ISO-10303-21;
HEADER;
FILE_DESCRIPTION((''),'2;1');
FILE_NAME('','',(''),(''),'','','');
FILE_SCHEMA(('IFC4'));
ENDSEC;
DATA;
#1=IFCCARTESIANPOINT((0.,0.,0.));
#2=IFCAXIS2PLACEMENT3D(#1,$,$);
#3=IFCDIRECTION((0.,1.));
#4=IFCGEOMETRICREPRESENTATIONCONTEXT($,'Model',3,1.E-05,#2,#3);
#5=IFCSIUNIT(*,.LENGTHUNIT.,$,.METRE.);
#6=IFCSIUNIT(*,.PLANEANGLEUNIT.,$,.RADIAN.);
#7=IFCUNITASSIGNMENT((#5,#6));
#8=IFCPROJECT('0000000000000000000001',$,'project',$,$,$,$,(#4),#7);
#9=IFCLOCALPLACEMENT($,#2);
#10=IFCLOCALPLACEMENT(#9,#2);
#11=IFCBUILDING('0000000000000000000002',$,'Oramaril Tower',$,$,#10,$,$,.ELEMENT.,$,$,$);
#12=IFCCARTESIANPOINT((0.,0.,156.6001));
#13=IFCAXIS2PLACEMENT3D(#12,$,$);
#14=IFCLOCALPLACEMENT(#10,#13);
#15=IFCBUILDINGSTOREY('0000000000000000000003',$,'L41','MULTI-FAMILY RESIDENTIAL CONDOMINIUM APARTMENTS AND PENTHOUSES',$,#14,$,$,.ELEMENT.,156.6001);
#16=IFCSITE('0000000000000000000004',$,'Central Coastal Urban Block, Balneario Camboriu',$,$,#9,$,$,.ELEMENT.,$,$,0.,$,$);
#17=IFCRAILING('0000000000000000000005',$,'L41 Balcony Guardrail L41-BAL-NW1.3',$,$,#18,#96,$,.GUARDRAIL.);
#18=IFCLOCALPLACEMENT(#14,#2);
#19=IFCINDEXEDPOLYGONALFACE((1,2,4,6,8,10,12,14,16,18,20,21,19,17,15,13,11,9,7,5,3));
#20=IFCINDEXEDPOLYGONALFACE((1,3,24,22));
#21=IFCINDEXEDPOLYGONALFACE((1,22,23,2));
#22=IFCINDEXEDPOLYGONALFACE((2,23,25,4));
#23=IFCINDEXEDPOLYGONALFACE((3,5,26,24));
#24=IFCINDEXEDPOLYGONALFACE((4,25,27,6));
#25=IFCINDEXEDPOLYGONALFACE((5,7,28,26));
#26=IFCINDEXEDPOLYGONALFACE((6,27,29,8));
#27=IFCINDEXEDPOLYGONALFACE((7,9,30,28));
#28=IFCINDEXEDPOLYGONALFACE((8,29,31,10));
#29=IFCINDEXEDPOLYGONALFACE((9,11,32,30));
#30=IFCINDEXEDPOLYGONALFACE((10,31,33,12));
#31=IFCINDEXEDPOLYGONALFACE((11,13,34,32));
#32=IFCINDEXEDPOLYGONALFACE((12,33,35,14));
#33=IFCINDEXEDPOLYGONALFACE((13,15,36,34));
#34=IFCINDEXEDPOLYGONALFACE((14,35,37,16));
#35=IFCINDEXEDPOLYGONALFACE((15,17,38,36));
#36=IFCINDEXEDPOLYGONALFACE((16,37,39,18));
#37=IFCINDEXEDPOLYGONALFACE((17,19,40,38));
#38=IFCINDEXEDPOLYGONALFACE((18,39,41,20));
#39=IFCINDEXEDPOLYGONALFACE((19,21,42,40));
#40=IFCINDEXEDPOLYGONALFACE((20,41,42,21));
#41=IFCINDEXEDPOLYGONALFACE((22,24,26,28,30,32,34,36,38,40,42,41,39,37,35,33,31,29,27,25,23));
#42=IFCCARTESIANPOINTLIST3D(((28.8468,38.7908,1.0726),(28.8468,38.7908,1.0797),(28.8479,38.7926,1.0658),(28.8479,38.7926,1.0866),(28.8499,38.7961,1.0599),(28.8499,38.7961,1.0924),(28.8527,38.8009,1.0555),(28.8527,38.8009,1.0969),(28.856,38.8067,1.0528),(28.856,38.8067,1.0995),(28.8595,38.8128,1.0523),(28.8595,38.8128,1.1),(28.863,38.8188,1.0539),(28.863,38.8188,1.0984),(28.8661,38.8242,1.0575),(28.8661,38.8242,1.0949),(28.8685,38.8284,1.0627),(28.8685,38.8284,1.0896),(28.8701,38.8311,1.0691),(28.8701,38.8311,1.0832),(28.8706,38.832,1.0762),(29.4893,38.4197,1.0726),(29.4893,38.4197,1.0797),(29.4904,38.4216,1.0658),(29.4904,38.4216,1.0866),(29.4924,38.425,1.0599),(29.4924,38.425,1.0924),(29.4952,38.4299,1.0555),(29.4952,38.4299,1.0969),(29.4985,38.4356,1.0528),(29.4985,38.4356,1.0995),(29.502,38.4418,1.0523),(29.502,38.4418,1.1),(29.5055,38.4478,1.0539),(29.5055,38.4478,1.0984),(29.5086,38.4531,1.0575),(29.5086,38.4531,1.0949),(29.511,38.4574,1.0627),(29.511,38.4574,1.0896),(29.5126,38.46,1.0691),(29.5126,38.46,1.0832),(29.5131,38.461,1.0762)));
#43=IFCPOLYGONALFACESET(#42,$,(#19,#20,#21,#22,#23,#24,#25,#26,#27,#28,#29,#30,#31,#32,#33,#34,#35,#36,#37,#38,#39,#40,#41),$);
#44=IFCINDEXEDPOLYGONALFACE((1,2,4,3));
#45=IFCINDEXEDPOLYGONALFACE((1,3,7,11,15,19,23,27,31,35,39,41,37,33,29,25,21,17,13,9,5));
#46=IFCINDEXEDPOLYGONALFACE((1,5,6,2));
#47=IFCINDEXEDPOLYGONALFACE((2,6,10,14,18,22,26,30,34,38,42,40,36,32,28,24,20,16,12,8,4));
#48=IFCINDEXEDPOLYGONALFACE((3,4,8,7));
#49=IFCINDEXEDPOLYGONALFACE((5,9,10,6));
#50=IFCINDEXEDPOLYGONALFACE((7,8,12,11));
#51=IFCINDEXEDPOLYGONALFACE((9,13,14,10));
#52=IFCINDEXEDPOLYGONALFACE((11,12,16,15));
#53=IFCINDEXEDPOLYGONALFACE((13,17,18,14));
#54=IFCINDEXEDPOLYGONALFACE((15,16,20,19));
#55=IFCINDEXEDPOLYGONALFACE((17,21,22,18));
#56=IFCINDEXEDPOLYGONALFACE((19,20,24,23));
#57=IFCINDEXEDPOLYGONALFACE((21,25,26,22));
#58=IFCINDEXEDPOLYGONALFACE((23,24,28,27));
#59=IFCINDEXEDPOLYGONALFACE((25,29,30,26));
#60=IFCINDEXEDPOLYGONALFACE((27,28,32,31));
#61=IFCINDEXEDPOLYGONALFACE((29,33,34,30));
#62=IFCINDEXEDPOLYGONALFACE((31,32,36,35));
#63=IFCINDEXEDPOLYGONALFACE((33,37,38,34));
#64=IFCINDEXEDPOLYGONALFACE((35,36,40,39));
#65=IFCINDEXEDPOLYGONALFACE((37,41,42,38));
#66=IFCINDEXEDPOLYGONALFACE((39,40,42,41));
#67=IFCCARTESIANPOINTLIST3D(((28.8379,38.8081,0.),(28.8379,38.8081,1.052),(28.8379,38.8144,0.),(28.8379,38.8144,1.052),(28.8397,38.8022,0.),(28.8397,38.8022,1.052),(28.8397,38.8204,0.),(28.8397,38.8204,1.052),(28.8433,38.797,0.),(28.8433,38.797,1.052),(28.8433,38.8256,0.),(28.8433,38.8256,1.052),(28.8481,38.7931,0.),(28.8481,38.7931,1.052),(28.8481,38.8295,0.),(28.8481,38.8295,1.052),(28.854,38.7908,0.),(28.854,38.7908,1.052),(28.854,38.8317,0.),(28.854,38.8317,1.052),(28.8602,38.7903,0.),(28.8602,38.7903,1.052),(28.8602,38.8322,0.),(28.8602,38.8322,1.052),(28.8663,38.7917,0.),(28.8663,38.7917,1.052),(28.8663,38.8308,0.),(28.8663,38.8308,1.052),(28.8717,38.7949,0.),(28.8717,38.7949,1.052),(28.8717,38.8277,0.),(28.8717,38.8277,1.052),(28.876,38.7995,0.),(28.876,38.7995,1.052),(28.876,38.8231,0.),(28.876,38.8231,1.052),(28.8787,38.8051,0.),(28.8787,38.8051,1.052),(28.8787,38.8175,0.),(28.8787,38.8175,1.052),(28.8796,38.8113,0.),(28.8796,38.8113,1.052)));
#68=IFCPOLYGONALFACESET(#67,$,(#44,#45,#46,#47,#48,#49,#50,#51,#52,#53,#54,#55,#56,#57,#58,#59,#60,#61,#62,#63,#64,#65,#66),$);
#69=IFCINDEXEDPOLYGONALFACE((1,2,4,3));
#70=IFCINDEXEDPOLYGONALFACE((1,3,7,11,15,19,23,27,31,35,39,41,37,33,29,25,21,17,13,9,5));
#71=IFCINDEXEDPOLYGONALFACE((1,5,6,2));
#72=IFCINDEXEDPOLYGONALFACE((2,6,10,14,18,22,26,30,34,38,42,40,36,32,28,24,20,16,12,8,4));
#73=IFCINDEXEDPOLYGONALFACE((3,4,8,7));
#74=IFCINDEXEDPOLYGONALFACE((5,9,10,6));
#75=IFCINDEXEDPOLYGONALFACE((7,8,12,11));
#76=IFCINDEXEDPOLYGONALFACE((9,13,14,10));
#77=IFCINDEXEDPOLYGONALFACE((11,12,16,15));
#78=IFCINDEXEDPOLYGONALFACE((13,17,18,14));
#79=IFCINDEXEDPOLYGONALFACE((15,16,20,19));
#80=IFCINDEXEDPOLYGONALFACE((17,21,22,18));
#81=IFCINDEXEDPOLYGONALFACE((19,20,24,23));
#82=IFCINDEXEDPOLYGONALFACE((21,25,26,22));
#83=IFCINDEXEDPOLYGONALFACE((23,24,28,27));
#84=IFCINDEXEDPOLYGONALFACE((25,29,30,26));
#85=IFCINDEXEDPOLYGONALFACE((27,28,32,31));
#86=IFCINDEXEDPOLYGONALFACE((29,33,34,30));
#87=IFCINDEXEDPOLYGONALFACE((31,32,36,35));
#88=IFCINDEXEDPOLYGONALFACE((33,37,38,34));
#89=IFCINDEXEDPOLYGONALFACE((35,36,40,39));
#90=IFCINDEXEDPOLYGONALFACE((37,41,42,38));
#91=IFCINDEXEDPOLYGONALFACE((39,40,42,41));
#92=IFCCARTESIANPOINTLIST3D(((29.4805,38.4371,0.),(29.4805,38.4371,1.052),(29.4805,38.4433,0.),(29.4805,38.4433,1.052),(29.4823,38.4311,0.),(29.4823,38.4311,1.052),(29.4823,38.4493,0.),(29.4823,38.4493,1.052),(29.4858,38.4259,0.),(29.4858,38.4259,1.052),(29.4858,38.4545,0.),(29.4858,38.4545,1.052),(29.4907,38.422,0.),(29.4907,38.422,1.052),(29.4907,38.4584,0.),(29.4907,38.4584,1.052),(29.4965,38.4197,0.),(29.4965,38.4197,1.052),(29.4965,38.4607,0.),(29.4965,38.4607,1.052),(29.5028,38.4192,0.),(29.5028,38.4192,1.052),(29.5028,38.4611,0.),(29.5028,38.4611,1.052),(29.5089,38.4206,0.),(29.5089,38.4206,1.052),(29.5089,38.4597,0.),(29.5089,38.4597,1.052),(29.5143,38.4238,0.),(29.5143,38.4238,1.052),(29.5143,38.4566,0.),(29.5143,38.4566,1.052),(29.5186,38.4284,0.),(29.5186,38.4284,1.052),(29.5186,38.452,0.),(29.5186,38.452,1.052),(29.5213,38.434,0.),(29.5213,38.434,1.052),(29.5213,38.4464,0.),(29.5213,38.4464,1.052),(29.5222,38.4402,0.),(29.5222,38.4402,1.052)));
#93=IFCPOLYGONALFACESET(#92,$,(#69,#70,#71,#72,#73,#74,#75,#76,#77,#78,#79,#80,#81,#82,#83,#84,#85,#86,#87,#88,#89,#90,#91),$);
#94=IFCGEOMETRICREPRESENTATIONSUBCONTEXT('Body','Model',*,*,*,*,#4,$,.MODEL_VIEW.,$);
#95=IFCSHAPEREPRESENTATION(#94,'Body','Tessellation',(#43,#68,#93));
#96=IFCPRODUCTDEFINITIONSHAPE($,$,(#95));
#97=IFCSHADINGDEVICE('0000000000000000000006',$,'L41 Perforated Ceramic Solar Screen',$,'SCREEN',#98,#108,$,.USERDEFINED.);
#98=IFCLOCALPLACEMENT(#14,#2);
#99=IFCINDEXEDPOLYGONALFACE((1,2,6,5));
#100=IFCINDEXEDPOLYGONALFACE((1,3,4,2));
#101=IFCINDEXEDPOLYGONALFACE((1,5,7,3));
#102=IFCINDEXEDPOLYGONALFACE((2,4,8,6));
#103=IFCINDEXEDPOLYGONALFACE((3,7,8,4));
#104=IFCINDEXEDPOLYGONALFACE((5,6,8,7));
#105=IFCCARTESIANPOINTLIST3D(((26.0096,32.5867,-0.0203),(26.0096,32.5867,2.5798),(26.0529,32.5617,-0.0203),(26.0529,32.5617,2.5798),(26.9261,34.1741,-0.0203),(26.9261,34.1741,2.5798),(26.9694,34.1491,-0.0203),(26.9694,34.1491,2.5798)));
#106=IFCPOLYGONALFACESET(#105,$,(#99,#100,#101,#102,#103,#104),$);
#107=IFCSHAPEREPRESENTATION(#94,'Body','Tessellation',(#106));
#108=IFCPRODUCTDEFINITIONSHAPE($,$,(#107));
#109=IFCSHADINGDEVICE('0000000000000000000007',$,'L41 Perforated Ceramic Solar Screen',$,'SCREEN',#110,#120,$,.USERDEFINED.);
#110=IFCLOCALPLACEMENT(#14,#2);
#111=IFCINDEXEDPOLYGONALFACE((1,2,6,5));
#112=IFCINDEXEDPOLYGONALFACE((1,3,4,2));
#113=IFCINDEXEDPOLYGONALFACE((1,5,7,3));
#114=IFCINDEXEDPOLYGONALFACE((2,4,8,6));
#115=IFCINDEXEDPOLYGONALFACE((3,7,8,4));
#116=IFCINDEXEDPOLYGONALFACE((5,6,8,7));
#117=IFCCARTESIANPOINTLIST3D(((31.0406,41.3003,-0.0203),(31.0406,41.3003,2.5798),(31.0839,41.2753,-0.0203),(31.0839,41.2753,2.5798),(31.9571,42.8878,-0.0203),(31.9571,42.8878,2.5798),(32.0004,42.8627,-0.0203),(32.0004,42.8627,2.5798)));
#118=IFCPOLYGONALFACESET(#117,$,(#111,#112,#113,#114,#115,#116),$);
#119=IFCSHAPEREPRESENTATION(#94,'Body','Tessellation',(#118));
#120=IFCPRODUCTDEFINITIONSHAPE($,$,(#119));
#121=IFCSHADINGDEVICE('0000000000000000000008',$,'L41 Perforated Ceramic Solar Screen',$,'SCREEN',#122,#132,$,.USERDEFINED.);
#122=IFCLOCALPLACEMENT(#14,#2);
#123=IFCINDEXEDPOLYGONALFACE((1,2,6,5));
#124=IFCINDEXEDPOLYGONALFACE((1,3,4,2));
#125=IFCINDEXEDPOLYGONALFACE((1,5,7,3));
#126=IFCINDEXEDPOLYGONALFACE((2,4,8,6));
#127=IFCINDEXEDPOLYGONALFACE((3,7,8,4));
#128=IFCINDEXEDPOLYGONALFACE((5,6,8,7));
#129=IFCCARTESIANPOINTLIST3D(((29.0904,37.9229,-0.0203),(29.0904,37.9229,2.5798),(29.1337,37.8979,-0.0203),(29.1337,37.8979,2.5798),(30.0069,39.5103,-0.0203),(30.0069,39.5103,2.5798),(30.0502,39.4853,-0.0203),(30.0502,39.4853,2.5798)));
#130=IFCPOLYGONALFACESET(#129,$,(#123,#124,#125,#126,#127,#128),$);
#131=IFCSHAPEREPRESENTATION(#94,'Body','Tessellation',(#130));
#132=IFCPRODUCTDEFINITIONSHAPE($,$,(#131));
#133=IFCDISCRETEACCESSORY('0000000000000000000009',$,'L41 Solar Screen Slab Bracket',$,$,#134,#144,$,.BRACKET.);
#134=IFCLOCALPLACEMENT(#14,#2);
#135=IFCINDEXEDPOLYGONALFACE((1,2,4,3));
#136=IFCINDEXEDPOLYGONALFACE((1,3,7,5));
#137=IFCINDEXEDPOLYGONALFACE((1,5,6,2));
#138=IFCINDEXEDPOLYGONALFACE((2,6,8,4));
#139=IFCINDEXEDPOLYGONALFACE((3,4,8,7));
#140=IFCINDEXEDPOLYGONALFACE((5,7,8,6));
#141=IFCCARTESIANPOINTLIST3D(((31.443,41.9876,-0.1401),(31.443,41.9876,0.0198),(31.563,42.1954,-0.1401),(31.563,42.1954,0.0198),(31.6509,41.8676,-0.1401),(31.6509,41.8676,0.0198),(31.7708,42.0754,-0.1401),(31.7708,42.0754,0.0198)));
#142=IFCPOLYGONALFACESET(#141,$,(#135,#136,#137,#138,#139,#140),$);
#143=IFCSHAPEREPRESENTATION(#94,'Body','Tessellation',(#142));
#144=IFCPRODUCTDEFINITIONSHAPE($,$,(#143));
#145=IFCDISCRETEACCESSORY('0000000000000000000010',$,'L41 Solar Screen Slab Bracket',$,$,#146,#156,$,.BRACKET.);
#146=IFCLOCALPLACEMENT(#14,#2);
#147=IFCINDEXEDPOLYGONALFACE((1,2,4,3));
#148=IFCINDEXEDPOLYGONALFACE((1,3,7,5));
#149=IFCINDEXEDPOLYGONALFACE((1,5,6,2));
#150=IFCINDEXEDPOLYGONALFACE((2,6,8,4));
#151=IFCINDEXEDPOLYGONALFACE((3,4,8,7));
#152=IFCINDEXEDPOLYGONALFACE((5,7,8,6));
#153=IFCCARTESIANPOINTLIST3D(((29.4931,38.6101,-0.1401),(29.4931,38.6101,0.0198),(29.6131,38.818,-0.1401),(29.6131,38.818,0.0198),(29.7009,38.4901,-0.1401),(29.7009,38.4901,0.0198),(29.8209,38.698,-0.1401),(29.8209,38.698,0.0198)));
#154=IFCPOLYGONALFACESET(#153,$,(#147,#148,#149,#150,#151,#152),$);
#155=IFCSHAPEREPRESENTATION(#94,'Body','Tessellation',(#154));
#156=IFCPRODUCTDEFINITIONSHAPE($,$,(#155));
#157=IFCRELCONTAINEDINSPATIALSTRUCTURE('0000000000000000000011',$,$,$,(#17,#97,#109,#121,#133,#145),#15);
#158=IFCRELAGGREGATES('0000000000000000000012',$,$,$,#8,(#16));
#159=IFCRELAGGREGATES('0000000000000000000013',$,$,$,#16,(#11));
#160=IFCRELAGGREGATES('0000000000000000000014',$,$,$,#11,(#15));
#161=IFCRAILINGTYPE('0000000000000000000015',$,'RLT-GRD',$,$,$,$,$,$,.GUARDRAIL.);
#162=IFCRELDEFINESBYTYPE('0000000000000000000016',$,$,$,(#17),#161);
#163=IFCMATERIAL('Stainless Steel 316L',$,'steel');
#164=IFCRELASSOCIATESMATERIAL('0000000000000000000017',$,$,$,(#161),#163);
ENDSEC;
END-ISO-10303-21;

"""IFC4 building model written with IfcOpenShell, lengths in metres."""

from ifc_helpers import new_model, si_unit, direction, frame, origin, origin_2d, place, context, subcontext, project, spatial, rectangle, circle, extrude, material, type_object, element, save


model = new_model("IFC4")

# Units and contexts
model_context = context("Model", 3, precision=1e-05, world=origin(), true_north=direction((0.0, 1.0)))
body_context = subcontext(model_context, "Body", "Model", "MODEL_VIEW")
ifc_project = project(units=[si_unit("LENGTHUNIT", "METRE"), si_unit("PLANEANGLEUNIT", "RADIAN")], contexts=[model_context])

# Site, building, storey
site_placement = place(None, origin())
site = spatial("IfcSite", under=ifc_project, at=site_placement, Name="Central Coastal Urban Block, Balneario Camboriu", CompositionType="ELEMENT", RefElevation=0.0)
building_placement = place(site_placement, origin())
building = spatial("IfcBuilding", under=site, at=building_placement, Name="Oramaril Tower", CompositionType="ELEMENT")
storey_placement = place(building_placement, frame((0.0, 0.0, 156.6001)))
storey = spatial("IfcBuildingStorey", under=building, at=storey_placement, Name="L41", Description="MULTI-FAMILY RESIDENTIAL CONDOMINIUM APARTMENTS AND PENTHOUSES", CompositionType="ELEMENT", Elevation=156.6001)

# Railing
ifc_material_1 = material(Name="Stainless Steel 316L", Category="steel")
railing_type = type_object("IfcRailingType", Name="RLT-GRD", PredefinedType="GUARDRAIL", material=ifc_material_1)
railing_1_placement = place(storey_placement, frame((28.8586, 38.8113, 0.0)))
element("IfcRailing", 1, at=railing_1_placement, inside=storey, type_object=railing_type, Name="L41 Balcony Guardrail L41-BAL-NW1.3", PredefinedType="GUARDRAIL", context=body_context, shape_type="SweptSolid", body=[
    extrude(circle(Radius=0.0239, at=origin_2d()), frame((0.0, 0.0, 1.0762), z_axis=(0.865966, -0.500102, 0.0), x_axis=(0.500102, 0.865966, 0.0)), (0.0, 0.0, 1.0), 0.7419),
    extrude(circle(Radius=0.021, at=origin_2d()), origin(), (0.0, 0.0, 1.0), 1.052),
    extrude(circle(Radius=0.021, at=origin_2d()), frame((0.6426, -0.3711, 0.0)), (0.0, 0.0, 1.0), 1.052),
])

# Shading devices
for number, where, z_axis, x_axis, name in (
    (2, (26.4895, 33.3679, -0.0203), (0.0, 0.0, 1.0), (-0.5, -0.866025, 0.0), "L41 Perforated Ceramic Solar Screen"),
    (3, (31.5205, 42.0815, -0.0203), (0.0, 0.0, 1.0), (-0.5, -0.866025, 0.0), "L41 Perforated Ceramic Solar Screen"),
    (4, (29.5703, 38.7041, -0.0203), (0.0, 0.0, 1.0), (-0.5, -0.866025, 0.0), "L41 Perforated Ceramic Solar Screen"),
):
    element("IfcShadingDevice", number, at=place(storey_placement, frame(where, z_axis=z_axis, x_axis=x_axis)), inside=storey, Name=name, ObjectType="SCREEN", PredefinedType="USERDEFINED", context=body_context, shape_type="SweptSolid", body=[
        extrude(rectangle(XDim=1.833, YDim=0.05, at=origin_2d()), origin(), (0.0, 0.0, 1.0), 2.6001),
    ])

# Discrete accessories
for number, where, z_axis, x_axis, name in (
    (5, (31.6069, 42.0315, -0.1401), (0.0, 0.0, 1.0), (-0.5, -0.866025, 0.0), "L41 Solar Screen Slab Bracket"),
    (6, (29.657, 38.6541, -0.1401), (0.0, 0.0, 1.0), (-0.5, -0.866025, 0.0), "L41 Solar Screen Slab Bracket"),
):
    element("IfcDiscreteAccessory", number, at=place(storey_placement, frame(where, z_axis=z_axis, x_axis=x_axis)), inside=storey, Name=name, PredefinedType="BRACKET", context=body_context, shape_type="SweptSolid", body=[
        extrude(rectangle(XDim=0.24, YDim=0.24, at=origin_2d()), origin(), (0.0, 0.0, 1.0), 0.1599),
    ])

save(model, "model.ifc")
